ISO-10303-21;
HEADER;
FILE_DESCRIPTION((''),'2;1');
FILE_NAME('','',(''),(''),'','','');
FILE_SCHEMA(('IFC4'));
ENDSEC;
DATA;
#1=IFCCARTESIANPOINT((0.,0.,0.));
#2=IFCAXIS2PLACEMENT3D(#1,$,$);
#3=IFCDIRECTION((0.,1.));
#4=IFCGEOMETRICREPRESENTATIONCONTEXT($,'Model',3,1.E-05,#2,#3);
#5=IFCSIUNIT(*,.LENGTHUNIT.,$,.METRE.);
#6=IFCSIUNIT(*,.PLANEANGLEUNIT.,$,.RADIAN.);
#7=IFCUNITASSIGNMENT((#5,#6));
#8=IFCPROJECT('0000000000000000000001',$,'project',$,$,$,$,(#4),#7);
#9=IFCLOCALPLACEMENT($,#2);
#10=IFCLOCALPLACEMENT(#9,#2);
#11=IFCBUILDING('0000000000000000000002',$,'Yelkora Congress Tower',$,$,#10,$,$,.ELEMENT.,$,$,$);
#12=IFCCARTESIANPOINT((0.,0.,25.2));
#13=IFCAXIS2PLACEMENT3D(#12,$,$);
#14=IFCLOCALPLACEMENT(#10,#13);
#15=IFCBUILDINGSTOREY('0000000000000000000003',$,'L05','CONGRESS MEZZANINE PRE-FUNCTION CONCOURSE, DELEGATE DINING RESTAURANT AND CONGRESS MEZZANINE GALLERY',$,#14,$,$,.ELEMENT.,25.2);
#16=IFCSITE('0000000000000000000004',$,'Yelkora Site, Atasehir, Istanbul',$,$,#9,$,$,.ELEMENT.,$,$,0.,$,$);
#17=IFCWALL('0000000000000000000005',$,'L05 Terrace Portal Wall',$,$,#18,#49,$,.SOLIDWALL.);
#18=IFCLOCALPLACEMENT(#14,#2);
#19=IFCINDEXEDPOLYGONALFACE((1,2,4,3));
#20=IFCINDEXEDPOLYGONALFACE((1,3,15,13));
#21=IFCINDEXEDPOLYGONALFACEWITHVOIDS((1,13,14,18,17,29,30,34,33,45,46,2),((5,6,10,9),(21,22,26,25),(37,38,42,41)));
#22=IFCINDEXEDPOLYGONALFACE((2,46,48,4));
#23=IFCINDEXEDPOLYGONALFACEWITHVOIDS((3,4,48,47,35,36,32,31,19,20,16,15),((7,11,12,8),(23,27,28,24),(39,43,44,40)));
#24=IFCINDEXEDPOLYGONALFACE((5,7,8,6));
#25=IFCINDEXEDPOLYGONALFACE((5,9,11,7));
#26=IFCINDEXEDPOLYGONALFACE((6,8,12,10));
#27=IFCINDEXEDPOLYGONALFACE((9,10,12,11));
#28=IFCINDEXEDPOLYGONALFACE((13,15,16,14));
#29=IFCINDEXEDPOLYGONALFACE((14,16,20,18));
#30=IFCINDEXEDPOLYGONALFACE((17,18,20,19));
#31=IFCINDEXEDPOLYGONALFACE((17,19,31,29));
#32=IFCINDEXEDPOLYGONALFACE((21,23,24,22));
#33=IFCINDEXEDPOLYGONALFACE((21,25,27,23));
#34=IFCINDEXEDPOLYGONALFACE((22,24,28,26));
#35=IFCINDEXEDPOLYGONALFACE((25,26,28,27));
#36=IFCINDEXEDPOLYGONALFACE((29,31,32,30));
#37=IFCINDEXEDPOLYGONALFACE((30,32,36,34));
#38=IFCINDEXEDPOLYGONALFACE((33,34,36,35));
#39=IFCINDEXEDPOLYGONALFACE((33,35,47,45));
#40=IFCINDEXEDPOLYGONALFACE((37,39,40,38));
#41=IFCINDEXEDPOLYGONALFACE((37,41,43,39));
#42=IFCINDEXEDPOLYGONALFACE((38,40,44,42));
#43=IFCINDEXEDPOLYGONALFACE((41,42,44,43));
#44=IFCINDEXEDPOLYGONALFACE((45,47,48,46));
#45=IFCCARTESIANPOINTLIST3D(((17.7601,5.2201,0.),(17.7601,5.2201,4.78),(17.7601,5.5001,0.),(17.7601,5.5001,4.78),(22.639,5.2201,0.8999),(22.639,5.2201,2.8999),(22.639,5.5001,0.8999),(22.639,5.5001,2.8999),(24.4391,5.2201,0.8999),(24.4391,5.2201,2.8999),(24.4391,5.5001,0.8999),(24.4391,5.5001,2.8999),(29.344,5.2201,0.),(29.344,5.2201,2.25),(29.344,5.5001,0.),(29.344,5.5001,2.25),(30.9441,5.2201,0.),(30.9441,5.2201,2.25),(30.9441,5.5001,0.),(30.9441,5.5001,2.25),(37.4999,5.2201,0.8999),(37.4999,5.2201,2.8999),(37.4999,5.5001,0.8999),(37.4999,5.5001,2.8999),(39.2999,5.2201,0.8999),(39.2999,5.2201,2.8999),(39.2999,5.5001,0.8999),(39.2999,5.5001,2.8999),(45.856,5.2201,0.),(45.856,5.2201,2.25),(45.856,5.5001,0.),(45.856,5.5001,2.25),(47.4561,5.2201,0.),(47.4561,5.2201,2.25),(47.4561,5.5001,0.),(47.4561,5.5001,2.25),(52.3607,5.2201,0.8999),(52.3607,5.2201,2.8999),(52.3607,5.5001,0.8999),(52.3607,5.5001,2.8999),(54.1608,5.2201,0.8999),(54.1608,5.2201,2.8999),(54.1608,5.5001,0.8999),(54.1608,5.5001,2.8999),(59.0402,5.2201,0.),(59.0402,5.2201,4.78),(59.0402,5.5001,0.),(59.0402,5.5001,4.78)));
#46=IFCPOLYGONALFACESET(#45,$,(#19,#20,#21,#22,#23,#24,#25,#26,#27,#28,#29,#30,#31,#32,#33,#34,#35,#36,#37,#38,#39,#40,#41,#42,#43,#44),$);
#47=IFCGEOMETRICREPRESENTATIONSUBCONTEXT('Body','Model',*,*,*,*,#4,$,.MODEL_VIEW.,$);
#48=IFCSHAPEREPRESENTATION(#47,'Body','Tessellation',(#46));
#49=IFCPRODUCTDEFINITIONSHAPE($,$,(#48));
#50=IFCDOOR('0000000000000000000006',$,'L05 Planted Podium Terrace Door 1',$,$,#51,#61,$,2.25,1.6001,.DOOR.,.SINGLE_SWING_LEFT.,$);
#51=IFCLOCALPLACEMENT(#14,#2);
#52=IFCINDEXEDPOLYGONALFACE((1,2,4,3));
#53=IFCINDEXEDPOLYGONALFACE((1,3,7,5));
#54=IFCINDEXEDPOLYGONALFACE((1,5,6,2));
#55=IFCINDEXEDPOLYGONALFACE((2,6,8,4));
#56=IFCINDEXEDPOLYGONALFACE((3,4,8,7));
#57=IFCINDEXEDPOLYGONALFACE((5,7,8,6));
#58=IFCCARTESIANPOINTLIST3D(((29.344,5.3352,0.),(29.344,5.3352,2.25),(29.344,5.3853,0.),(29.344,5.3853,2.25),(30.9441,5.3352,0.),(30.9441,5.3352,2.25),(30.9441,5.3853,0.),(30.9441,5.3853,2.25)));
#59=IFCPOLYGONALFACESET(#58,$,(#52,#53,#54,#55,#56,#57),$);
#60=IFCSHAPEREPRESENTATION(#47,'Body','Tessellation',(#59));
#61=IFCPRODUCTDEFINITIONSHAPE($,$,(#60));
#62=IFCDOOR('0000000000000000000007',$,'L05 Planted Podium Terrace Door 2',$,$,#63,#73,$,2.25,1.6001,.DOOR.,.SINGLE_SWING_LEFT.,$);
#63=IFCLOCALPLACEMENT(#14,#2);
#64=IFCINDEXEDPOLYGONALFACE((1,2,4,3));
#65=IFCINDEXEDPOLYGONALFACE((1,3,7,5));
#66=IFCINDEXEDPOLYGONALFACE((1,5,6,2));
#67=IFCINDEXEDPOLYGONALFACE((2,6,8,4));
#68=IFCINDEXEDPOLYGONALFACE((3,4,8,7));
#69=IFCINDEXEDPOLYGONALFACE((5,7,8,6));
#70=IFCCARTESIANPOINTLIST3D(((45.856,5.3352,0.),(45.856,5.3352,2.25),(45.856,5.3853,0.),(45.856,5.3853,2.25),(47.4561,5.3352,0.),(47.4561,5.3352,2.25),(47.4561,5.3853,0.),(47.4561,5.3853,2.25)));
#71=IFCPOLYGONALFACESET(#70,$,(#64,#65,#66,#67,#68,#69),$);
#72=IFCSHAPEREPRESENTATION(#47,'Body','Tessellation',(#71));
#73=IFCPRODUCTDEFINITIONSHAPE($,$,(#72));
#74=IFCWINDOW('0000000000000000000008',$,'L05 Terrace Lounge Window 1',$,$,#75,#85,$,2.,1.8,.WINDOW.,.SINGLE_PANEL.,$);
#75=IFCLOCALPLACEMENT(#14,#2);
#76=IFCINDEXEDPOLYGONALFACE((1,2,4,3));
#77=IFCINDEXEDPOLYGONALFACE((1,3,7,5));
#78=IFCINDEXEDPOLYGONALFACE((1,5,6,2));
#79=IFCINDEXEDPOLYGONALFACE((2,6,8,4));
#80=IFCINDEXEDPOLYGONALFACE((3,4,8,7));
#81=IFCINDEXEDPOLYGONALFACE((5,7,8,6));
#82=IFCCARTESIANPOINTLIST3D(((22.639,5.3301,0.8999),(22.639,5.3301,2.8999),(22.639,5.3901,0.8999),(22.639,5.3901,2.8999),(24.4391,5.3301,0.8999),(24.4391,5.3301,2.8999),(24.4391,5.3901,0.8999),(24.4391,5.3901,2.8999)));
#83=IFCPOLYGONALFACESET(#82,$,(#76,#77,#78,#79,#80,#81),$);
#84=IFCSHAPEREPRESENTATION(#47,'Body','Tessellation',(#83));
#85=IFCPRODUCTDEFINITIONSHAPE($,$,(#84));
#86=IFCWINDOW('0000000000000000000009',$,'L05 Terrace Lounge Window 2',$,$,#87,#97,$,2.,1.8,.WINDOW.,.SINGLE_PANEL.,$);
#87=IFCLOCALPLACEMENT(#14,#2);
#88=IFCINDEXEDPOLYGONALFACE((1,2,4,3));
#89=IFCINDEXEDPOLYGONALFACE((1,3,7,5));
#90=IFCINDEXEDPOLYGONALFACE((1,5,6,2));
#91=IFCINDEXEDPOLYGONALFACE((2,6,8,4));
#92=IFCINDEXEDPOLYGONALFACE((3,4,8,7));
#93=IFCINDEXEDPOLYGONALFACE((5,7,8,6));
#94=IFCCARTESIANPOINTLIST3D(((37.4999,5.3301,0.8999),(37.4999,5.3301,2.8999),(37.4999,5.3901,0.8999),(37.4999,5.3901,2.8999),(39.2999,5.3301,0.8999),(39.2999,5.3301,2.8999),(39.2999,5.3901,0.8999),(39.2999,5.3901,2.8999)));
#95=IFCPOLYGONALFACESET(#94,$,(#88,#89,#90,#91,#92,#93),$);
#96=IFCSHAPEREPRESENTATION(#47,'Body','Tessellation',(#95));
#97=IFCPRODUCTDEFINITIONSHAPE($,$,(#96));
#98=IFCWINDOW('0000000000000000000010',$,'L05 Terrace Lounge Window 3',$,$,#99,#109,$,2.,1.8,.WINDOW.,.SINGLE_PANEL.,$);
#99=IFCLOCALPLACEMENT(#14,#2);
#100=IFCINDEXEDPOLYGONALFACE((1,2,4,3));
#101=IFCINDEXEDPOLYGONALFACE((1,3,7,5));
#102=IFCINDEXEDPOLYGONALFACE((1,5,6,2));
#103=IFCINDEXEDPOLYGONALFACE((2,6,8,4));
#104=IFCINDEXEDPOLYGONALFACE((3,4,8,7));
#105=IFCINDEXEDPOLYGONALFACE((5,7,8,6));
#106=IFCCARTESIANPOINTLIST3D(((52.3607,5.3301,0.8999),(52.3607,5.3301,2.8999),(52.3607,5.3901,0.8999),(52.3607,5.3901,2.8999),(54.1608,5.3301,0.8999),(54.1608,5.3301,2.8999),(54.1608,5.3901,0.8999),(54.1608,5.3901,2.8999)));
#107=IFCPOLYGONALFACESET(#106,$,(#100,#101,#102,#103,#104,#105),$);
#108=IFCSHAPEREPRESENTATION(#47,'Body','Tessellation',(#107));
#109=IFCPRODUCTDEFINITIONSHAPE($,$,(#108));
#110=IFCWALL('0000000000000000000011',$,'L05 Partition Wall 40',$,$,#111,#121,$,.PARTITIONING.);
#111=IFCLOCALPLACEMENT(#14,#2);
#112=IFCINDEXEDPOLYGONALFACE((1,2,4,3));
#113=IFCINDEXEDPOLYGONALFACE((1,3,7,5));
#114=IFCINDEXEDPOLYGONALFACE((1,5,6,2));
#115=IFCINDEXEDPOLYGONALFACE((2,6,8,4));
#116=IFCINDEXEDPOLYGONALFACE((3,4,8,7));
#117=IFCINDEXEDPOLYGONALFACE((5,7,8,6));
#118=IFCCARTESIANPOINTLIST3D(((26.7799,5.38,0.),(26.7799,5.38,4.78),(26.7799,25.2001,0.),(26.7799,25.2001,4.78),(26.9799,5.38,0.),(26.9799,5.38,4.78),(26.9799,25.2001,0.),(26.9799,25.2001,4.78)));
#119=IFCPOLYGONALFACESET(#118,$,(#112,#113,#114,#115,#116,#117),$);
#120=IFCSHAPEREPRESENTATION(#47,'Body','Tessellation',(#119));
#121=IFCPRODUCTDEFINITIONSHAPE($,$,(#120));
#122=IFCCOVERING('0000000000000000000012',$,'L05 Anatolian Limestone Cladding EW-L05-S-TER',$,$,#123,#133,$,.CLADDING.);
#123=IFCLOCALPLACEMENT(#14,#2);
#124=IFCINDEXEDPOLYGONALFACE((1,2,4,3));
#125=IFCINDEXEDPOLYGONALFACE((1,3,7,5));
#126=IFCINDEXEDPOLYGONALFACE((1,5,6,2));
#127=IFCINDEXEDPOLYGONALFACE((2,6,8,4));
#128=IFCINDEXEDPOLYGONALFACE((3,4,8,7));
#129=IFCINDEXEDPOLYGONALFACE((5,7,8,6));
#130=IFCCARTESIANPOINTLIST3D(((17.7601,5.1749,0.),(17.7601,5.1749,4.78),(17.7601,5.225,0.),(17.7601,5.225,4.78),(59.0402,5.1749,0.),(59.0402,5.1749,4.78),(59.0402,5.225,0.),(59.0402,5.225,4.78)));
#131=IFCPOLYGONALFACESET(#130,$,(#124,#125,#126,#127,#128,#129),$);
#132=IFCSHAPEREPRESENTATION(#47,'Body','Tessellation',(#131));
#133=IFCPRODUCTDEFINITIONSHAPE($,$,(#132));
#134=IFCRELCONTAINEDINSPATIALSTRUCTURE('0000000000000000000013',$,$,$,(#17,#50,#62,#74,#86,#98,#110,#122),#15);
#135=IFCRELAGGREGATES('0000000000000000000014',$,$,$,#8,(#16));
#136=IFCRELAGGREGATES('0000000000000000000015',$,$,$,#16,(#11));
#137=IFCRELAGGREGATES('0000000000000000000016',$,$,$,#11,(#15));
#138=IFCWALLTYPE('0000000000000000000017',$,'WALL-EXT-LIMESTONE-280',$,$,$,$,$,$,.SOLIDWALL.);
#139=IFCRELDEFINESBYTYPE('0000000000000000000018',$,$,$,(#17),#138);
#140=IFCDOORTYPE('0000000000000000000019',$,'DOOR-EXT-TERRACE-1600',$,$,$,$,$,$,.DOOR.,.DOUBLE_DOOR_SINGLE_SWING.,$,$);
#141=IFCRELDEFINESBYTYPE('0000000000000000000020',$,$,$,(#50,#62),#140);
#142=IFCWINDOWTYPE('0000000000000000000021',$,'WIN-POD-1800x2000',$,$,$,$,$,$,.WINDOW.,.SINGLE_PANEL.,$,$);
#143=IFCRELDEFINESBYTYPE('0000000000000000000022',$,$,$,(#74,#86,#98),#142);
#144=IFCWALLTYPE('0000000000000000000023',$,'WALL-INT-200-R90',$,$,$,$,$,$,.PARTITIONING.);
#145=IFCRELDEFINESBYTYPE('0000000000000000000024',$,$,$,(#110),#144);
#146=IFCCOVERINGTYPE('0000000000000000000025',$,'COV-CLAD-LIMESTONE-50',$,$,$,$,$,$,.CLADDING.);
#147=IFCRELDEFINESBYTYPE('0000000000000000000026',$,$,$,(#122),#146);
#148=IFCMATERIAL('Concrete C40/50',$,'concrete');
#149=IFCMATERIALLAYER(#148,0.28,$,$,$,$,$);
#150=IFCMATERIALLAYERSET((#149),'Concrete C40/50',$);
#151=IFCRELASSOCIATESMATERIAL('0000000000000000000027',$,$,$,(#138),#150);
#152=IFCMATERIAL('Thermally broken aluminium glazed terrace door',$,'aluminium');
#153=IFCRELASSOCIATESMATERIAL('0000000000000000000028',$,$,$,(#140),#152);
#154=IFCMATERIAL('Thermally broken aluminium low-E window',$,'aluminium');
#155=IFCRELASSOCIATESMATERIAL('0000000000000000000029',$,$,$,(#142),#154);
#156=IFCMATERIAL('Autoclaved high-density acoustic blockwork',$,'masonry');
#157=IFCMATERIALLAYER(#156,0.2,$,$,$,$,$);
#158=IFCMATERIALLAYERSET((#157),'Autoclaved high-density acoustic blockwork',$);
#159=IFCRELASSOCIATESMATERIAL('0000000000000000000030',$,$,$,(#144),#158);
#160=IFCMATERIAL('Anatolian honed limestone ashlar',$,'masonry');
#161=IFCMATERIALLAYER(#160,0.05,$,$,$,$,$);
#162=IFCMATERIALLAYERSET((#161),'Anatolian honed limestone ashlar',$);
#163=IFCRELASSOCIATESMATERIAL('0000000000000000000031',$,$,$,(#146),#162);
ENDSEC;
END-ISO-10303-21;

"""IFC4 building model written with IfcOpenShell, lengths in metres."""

from ifc_helpers import new_model, si_unit, direction, frame, frame_2d, origin, place, context, subcontext, project, spatial, rectangle, extrude, material, layer, layer_set, type_object, element, fill, save


model = new_model("IFC4")

# Units and contexts
model_context = context("Model", 3, precision=1e-05, world=origin(), true_north=direction((0.0, 1.0)))
body_context = subcontext(model_context, "Body", "Model", "MODEL_VIEW")
ifc_project = project(units=[si_unit("LENGTHUNIT", "METRE"), si_unit("PLANEANGLEUNIT", "RADIAN")], contexts=[model_context])

# Site, building, storey
site_placement = place(None, origin())
site = spatial("IfcSite", under=ifc_project, at=site_placement, Name="Yelkora Site, Atasehir, Istanbul", CompositionType="ELEMENT", RefElevation=0.0)
building_placement = place(site_placement, origin())
building = spatial("IfcBuilding", under=site, at=building_placement, Name="Yelkora Congress Tower", CompositionType="ELEMENT")
storey_placement = place(building_placement, frame((0.0, 0.0, 25.2)))
storey = spatial("IfcBuildingStorey", under=building, at=storey_placement, Name="L05", Description="CONGRESS MEZZANINE PRE-FUNCTION CONCOURSE, DELEGATE DINING RESTAURANT AND CONGRESS MEZZANINE GALLERY", CompositionType="ELEMENT", Elevation=25.2)

# Wall, openings, doors, windows
ifc_material_1 = material(Name="Concrete C40/50", Category="concrete")
ifc_layer_1 = layer(ifc_material_1, 0.28)
ifc_layer_set_1 = layer_set([ifc_layer_1], Name="Concrete C40/50")
wall_type_1 = type_object("IfcWallType", Name="WALL-EXT-LIMESTONE-280", PredefinedType="SOLIDWALL", material=ifc_layer_set_1)
wall_1_placement = place(storey_placement, frame((17.76, 5.3601, 0.0), z_axis=(0.0, 0.0, 1.0), x_axis=(1.0, 0.0, 0.0)))
wall_1 = element("IfcWall", 1, at=wall_1_placement, inside=storey, type_object=wall_type_1, Name="L05 Terrace Portal Wall", PredefinedType="SOLIDWALL", context=body_context, shape_type="SweptSolid", body=[
    extrude(rectangle(XDim=41.28, YDim=0.28, at=frame_2d((20.6401, 0.0))), origin(), (0.0, 0.0, 1.0), 4.78),
])
opening_1_placement = place(wall_1_placement, frame((11.584, 0.0, 0.0)))
opening_1 = element("IfcOpeningElement", 2, at=opening_1_placement, cuts=wall_1, PredefinedType="OPENING", context=body_context, shape_type="SweptSolid", body=[
    extrude(rectangle(XDim=1.6001, YDim=2.25, at=frame_2d((0.8, 1.125))), frame((0.0, 0.1499, 0.0), z_axis=(0.0, -1.0, 0.0), x_axis=(1.0, 0.0, 0.0)), (0.0, 0.0, 1.0), 0.3),
])
opening_2_placement = place(wall_1_placement, frame((28.0959, 0.0, 0.0)))
opening_2 = element("IfcOpeningElement", 3, at=opening_2_placement, cuts=wall_1, PredefinedType="OPENING", context=body_context, shape_type="SweptSolid", body=[
    extrude(rectangle(XDim=1.6001, YDim=2.25, at=frame_2d((0.8, 1.125))), frame((0.0, 0.1499, 0.0), z_axis=(0.0, -1.0, 0.0), x_axis=(1.0, 0.0, 0.0)), (0.0, 0.0, 1.0), 0.3),
])
opening_3_placement = place(wall_1_placement, frame((4.8792, 0.0, 0.8999)))
opening_3 = element("IfcOpeningElement", 4, at=opening_3_placement, cuts=wall_1, PredefinedType="OPENING", context=body_context, shape_type="SweptSolid", body=[
    extrude(rectangle(XDim=1.8, YDim=2.0, at=frame_2d((0.8999, 1.0))), frame((0.0, 0.1499, 0.0), z_axis=(0.0, -1.0, 0.0), x_axis=(1.0, 0.0, 0.0)), (0.0, 0.0, 1.0), 0.3),
])
opening_4_placement = place(wall_1_placement, frame((19.74, 0.0, 0.8999)))
opening_4 = element("IfcOpeningElement", 5, at=opening_4_placement, cuts=wall_1, PredefinedType="OPENING", context=body_context, shape_type="SweptSolid", body=[
    extrude(rectangle(XDim=1.8, YDim=2.0, at=frame_2d((0.8999, 1.0))), frame((0.0, 0.1499, 0.0), z_axis=(0.0, -1.0, 0.0), x_axis=(1.0, 0.0, 0.0)), (0.0, 0.0, 1.0), 0.3),
])
opening_5_placement = place(wall_1_placement, frame((34.6008, 0.0, 0.8999)))
opening_5 = element("IfcOpeningElement", 6, at=opening_5_placement, cuts=wall_1, PredefinedType="OPENING", context=body_context, shape_type="SweptSolid", body=[
    extrude(rectangle(XDim=1.8, YDim=2.0, at=frame_2d((0.8999, 1.0))), frame((0.0, 0.1499, 0.0), z_axis=(0.0, -1.0, 0.0), x_axis=(1.0, 0.0, 0.0)), (0.0, 0.0, 1.0), 0.3),
])
ifc_material_2 = material(Name="Thermally broken aluminium glazed terrace door", Category="aluminium")
door_type = type_object("IfcDoorType", Name="DOOR-EXT-TERRACE-1600", OperationType="DOUBLE_DOOR_SINGLE_SWING", PredefinedType="DOOR", material=ifc_material_2)
door_1_placement = place(opening_1_placement, frame((1.6001, 0.0, 0.0), z_axis=(0.0, 0.0, 1.0), x_axis=(-1.0, 0.0, 0.0)))
door_1 = element("IfcDoor", 7, at=door_1_placement, inside=storey, type_object=door_type, Name="L05 Planted Podium Terrace Door 1", OperationType="SINGLE_SWING_LEFT", OverallHeight=2.25, OverallWidth=1.6001, PredefinedType="DOOR", context=body_context, shape_type="SweptSolid", body=[
    extrude(rectangle(XDim=1.6001, YDim=2.25, at=frame_2d((0.8, 1.125))), frame((0.0, 0.0249, 0.0), z_axis=(0.0, -1.0, 0.0), x_axis=(1.0, 0.0, 0.0)), (0.0, 0.0, 1.0), 0.05),
])
fill(opening_1, door_1)
door_2_placement = place(opening_2_placement, frame((1.6001, 0.0, 0.0), z_axis=(0.0, 0.0, 1.0), x_axis=(-1.0, 0.0, 0.0)))
door_2 = element("IfcDoor", 8, at=door_2_placement, inside=storey, type_object=door_type, Name="L05 Planted Podium Terrace Door 2", OperationType="SINGLE_SWING_LEFT", OverallHeight=2.25, OverallWidth=1.6001, PredefinedType="DOOR", context=body_context, shape_type="SweptSolid", body=[
    extrude(rectangle(XDim=1.6001, YDim=2.25, at=frame_2d((0.8, 1.125))), frame((0.0, 0.0249, 0.0), z_axis=(0.0, -1.0, 0.0), x_axis=(1.0, 0.0, 0.0)), (0.0, 0.0, 1.0), 0.05),
])
fill(opening_2, door_2)
ifc_material_3 = material(Name="Thermally broken aluminium low-E window", Category="aluminium")
window_type = type_object("IfcWindowType", Name="WIN-POD-1800x2000", PartitioningType="SINGLE_PANEL", PredefinedType="WINDOW", material=ifc_material_3)
window_1_placement = place(opening_3_placement, origin())
window_1 = element("IfcWindow", 9, at=window_1_placement, inside=storey, type_object=window_type, Name="L05 Terrace Lounge Window 1", OverallHeight=2.0, OverallWidth=1.8, PartitioningType="SINGLE_PANEL", PredefinedType="WINDOW", context=body_context, shape_type="SweptSolid", body=[
    extrude(rectangle(XDim=1.8, YDim=2.0, at=frame_2d((0.8999, 1.0))), frame((0.0, 0.03, 0.0), z_axis=(0.0, -1.0, 0.0), x_axis=(1.0, 0.0, 0.0)), (0.0, 0.0, 1.0), 0.0601),
])
fill(opening_3, window_1)
window_2_placement = place(opening_4_placement, origin())
window_2 = element("IfcWindow", 10, at=window_2_placement, inside=storey, type_object=window_type, Name="L05 Terrace Lounge Window 2", OverallHeight=2.0, OverallWidth=1.8, PartitioningType="SINGLE_PANEL", PredefinedType="WINDOW", context=body_context, shape_type="SweptSolid", body=[
    extrude(rectangle(XDim=1.8, YDim=2.0, at=frame_2d((0.8999, 1.0))), frame((0.0, 0.03, 0.0), z_axis=(0.0, -1.0, 0.0), x_axis=(1.0, 0.0, 0.0)), (0.0, 0.0, 1.0), 0.0601),
])
fill(opening_4, window_2)
window_3_placement = place(opening_5_placement, origin())
window_3 = element("IfcWindow", 11, at=window_3_placement, inside=storey, type_object=window_type, Name="L05 Terrace Lounge Window 3", OverallHeight=2.0, OverallWidth=1.8, PartitioningType="SINGLE_PANEL", PredefinedType="WINDOW", context=body_context, shape_type="SweptSolid", body=[
    extrude(rectangle(XDim=1.8, YDim=2.0, at=frame_2d((0.8999, 1.0))), frame((0.0, 0.03, 0.0), z_axis=(0.0, -1.0, 0.0), x_axis=(1.0, 0.0, 0.0)), (0.0, 0.0, 1.0), 0.0601),
])
fill(opening_5, window_3)

# Wall
ifc_material_4 = material(Name="Autoclaved high-density acoustic blockwork", Category="masonry")
ifc_layer_2 = layer(ifc_material_4, 0.2)
ifc_layer_set_2 = layer_set([ifc_layer_2], Name="Autoclaved high-density acoustic blockwork")
wall_type_2 = type_object("IfcWallType", Name="WALL-INT-200-R90", PredefinedType="PARTITIONING", material=ifc_layer_set_2)
wall_2_placement = place(storey_placement, frame((26.8799, 5.3799, 0.0), z_axis=(0.0, 0.0, 1.0), x_axis=(0.0, 1.0, 0.0)))
element("IfcWall", 12, at=wall_2_placement, inside=storey, type_object=wall_type_2, Name="L05 Partition Wall 40", PredefinedType="PARTITIONING", context=body_context, shape_type="SweptSolid", body=[
    extrude(rectangle(XDim=19.8201, YDim=0.2, at=frame_2d((9.9102, 0.0))), origin(), (0.0, 0.0, 1.0), 4.78),
])

# Covering
ifc_material_5 = material(Name="Anatolian honed limestone ashlar", Category="masonry")
ifc_layer_3 = layer(ifc_material_5, 0.05)
ifc_layer_set_3 = layer_set([ifc_layer_3], Name="Anatolian honed limestone ashlar")
covering_type = type_object("IfcCoveringType", Name="COV-CLAD-LIMESTONE-50", PredefinedType="CLADDING", material=ifc_layer_set_3)
covering_placement = place(storey_placement, frame((17.76, 5.2, 0.0), z_axis=(0.0, 0.0, 1.0), x_axis=(1.0, 0.0, 0.0)))
element("IfcCovering", 13, at=covering_placement, inside=storey, type_object=covering_type, Name="L05 Anatolian Limestone Cladding EW-L05-S-TER", PredefinedType="CLADDING", context=body_context, shape_type="SweptSolid", body=[
    extrude(rectangle(XDim=41.28, YDim=0.05, at=frame_2d((20.6401, 0.0))), origin(), (0.0, 0.0, 1.0), 4.78),
])

save(model, "model.ifc")
